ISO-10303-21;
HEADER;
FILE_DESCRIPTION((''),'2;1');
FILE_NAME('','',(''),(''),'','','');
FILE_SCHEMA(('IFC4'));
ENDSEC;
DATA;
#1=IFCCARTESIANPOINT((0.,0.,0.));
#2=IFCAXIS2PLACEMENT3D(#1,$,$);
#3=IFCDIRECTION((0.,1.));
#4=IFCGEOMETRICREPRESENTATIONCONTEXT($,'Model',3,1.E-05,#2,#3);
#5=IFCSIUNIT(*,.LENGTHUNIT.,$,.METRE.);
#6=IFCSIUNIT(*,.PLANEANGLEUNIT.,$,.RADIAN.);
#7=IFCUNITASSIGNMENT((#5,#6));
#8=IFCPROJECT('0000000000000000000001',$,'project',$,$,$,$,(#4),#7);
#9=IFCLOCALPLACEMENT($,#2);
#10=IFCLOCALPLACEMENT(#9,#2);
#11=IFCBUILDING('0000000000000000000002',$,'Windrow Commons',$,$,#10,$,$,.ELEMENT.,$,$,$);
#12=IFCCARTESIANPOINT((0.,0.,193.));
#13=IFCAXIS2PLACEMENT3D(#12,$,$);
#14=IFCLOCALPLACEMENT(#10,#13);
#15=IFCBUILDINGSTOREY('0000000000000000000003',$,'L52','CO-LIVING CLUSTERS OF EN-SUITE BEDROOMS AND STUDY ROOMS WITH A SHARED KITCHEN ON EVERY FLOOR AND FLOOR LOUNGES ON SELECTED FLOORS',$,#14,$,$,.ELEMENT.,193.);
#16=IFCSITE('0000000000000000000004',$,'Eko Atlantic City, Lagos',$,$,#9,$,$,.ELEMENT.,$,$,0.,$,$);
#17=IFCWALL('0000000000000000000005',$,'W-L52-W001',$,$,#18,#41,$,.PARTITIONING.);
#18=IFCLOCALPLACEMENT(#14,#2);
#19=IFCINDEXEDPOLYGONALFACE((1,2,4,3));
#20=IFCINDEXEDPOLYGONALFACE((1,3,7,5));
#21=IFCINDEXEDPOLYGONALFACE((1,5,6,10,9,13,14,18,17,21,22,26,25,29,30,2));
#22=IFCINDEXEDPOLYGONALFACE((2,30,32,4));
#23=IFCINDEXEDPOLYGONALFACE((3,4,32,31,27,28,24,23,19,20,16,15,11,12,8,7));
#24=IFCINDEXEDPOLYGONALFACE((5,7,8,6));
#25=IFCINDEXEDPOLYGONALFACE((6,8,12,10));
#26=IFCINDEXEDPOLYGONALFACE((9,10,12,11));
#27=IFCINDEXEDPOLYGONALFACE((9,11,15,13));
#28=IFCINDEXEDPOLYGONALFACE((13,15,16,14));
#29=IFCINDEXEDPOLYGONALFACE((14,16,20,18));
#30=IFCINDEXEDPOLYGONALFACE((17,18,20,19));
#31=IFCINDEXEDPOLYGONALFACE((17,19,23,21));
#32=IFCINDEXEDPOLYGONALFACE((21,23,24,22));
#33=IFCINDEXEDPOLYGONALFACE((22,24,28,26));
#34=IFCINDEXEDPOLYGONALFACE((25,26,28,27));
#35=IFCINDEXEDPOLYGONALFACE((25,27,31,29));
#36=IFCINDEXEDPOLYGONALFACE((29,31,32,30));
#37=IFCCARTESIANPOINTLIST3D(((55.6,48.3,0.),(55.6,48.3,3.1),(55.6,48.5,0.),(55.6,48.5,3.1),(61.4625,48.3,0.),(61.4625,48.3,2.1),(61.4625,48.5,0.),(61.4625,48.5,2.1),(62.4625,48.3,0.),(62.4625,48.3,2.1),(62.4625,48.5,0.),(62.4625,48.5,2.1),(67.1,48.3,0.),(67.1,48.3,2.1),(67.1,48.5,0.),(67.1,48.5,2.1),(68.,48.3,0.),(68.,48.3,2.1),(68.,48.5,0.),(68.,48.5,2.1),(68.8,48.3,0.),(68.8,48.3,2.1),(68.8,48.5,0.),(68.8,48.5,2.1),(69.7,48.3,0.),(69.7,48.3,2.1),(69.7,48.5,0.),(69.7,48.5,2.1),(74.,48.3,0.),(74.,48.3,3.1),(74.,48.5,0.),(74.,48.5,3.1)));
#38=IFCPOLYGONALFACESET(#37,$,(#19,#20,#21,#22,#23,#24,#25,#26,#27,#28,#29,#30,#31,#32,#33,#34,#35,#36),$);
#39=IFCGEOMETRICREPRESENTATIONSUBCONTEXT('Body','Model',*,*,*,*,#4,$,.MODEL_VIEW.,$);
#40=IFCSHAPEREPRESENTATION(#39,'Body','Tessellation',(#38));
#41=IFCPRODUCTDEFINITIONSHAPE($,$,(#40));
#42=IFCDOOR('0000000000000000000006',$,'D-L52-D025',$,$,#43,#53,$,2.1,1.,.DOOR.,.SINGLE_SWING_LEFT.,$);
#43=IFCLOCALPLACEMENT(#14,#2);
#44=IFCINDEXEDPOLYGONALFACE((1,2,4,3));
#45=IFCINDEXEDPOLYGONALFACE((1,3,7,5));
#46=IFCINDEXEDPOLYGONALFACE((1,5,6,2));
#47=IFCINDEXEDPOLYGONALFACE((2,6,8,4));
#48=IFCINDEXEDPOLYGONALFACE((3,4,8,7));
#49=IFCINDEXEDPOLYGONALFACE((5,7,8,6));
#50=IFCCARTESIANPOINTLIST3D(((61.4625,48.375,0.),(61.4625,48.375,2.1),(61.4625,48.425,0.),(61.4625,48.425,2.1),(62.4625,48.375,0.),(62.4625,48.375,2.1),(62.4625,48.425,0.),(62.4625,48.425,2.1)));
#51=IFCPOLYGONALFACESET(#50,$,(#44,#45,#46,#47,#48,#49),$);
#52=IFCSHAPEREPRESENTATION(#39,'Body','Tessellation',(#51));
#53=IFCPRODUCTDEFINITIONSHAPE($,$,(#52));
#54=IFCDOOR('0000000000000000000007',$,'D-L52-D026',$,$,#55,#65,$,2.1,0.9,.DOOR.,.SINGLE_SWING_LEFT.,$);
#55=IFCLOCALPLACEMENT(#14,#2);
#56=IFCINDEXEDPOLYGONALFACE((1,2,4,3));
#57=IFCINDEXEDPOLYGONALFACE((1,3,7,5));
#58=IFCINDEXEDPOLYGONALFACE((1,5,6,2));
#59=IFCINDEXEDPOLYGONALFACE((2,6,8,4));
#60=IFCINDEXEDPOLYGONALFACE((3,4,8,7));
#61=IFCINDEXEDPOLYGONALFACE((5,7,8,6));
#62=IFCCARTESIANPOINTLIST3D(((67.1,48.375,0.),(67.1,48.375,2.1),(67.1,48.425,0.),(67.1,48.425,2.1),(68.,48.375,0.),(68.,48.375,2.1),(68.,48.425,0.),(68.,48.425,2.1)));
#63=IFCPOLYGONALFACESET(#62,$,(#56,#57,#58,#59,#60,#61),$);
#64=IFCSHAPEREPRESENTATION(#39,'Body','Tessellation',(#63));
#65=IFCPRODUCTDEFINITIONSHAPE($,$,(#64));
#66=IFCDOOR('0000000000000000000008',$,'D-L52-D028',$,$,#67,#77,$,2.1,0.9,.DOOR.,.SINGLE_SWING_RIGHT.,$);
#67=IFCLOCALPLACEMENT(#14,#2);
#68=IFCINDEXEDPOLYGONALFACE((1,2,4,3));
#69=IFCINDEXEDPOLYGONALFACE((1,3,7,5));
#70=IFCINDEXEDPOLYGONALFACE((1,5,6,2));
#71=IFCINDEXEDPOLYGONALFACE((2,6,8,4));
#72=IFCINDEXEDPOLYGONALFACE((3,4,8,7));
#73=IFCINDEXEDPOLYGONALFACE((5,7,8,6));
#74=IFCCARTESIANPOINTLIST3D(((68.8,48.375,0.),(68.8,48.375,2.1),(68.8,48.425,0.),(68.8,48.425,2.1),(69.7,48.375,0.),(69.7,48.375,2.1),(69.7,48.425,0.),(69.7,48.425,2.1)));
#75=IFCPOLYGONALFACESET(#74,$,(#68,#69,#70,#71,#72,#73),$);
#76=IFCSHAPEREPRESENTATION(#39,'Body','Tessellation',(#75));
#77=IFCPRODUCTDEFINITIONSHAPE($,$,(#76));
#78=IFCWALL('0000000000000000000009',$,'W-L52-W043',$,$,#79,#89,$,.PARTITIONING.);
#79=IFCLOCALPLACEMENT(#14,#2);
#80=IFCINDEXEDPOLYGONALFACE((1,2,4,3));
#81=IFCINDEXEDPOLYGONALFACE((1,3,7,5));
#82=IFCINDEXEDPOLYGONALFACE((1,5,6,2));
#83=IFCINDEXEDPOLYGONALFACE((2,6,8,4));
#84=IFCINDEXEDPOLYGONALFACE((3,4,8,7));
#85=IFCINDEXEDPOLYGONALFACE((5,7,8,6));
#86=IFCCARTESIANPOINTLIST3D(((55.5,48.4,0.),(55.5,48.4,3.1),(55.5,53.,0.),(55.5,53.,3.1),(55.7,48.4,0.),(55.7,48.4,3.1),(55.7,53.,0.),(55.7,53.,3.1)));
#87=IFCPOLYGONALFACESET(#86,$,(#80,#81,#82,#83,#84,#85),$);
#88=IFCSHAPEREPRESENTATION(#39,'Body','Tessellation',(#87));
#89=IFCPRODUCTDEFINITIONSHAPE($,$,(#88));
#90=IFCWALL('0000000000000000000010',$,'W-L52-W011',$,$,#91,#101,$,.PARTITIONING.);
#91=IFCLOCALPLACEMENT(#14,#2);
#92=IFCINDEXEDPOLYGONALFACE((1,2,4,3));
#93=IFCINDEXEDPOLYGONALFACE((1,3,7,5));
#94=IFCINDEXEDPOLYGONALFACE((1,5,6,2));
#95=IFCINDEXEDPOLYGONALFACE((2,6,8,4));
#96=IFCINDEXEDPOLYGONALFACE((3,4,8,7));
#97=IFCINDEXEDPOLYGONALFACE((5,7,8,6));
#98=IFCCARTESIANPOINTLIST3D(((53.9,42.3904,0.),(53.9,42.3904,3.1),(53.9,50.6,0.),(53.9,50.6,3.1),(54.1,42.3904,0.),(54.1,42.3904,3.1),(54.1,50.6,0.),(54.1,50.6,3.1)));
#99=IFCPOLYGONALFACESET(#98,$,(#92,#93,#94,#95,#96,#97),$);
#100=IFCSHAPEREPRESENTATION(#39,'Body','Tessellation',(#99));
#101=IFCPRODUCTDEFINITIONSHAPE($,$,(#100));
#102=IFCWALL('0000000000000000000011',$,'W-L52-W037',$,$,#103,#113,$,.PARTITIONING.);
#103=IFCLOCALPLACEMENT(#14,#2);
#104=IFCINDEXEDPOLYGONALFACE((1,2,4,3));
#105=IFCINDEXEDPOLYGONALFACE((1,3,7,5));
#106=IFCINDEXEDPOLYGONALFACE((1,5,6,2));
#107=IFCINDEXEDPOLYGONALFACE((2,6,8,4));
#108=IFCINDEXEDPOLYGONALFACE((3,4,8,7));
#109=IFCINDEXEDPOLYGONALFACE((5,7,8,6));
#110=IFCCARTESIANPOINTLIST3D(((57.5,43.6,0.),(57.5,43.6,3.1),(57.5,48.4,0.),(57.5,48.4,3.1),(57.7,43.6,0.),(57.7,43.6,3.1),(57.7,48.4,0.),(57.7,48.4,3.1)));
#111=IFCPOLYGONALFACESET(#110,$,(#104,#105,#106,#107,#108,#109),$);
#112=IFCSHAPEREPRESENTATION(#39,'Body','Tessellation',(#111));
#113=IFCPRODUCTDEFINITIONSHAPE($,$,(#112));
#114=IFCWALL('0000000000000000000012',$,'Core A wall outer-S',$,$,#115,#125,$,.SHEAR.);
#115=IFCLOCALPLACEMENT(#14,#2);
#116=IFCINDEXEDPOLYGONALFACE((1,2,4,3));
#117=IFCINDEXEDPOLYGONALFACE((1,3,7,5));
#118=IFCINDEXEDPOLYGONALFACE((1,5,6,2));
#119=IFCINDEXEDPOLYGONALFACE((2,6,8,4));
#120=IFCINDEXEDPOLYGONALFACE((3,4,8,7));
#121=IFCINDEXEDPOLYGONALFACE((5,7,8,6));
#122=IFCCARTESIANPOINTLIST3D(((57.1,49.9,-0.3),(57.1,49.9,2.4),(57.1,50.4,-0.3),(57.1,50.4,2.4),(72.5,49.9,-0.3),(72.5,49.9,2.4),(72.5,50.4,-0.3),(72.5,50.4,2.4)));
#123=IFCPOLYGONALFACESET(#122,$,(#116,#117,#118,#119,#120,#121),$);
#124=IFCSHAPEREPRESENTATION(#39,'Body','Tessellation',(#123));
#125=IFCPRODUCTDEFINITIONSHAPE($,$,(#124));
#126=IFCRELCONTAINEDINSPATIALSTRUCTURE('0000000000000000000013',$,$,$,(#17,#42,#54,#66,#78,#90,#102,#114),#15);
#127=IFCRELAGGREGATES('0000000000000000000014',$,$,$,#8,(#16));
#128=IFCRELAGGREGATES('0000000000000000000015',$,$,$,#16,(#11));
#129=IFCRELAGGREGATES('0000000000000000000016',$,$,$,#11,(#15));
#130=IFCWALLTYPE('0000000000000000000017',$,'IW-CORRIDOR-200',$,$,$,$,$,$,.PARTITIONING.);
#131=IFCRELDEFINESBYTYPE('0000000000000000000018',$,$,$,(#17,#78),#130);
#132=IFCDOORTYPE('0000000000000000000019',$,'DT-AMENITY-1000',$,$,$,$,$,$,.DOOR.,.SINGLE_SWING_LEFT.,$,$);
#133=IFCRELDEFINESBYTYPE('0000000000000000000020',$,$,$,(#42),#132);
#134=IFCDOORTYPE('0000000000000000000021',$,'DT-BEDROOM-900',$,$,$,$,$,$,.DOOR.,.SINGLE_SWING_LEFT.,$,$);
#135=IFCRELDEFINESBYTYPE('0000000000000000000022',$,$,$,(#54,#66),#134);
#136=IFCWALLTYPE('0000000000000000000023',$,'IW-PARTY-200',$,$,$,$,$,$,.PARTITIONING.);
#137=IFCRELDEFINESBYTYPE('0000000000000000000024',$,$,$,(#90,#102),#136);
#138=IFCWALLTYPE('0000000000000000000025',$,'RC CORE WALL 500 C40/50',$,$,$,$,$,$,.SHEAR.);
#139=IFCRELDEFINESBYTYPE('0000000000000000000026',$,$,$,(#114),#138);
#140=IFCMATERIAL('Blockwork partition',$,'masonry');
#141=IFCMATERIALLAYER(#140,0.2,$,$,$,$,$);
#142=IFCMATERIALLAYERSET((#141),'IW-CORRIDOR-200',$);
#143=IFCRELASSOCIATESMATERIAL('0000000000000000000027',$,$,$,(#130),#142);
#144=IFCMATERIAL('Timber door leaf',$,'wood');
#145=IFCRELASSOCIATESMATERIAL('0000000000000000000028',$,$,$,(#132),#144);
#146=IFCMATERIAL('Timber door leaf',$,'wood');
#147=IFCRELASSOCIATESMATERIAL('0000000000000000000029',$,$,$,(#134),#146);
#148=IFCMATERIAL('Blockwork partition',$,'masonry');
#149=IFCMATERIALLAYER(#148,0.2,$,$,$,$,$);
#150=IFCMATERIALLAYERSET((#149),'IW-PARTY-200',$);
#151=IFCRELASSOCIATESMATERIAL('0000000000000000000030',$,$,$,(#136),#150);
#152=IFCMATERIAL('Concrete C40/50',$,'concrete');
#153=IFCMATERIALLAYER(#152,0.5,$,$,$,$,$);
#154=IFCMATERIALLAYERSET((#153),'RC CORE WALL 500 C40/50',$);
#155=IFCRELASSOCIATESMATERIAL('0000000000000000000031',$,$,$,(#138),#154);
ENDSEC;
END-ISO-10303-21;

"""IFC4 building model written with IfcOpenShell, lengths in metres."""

from ifc_helpers import new_model, si_unit, direction, frame, frame_2d, origin, place, context, subcontext, project, spatial, rectangle, extrude, material, layer, layer_set, type_object, element, fill, save


model = new_model("IFC4")

# Units and contexts
model_context = context("Model", 3, precision=1e-05, world=origin(), true_north=direction((0.0, 1.0)))
body_context = subcontext(model_context, "Body", "Model", "MODEL_VIEW")
ifc_project = project(units=[si_unit("LENGTHUNIT", "METRE"), si_unit("PLANEANGLEUNIT", "RADIAN")], contexts=[model_context])

# Site, building, storey
site_placement = place(None, origin())
site = spatial("IfcSite", under=ifc_project, at=site_placement, Name="Eko Atlantic City, Lagos", CompositionType="ELEMENT", RefElevation=0.0)
building_placement = place(site_placement, origin())
building = spatial("IfcBuilding", under=site, at=building_placement, Name="Windrow Commons", CompositionType="ELEMENT")
storey_placement = place(building_placement, frame((0.0, 0.0, 193.0)))
storey = spatial("IfcBuildingStorey", under=building, at=storey_placement, Name="L52", Description="CO-LIVING CLUSTERS OF EN-SUITE BEDROOMS AND STUDY ROOMS WITH A SHARED KITCHEN ON EVERY FLOOR AND FLOOR LOUNGES ON SELECTED FLOORS", CompositionType="ELEMENT", Elevation=193.0)

# Wall, openings, doors
ifc_material_1 = material(Name="Blockwork partition", Category="masonry")
ifc_layer_1 = layer(ifc_material_1, 0.2)
ifc_layer_set_1 = layer_set([ifc_layer_1], Name="IW-CORRIDOR-200")
wall_type_1 = type_object("IfcWallType", Name="IW-CORRIDOR-200", PredefinedType="PARTITIONING", material=ifc_layer_set_1)
wall_1_placement = place(storey_placement, frame((55.6, 48.4, 0.0), z_axis=(0.0, 0.0, 1.0), x_axis=(1.0, 0.0, 0.0)))
wall_1 = element("IfcWall", 1, at=wall_1_placement, inside=storey, type_object=wall_type_1, Name="W-L52-W001", PredefinedType="PARTITIONING", context=body_context, shape_type="SweptSolid", body=[
    extrude(rectangle(XDim=18.4, YDim=0.2, at=frame_2d((9.2, 0.0))), origin(), (0.0, 0.0, 1.0), 3.1),
])
opening_1_placement = place(wall_1_placement, frame((5.8625, 0.0, 0.0)))
opening_1 = element("IfcOpeningElement", 2, at=opening_1_placement, cuts=wall_1, PredefinedType="OPENING", context=body_context, shape_type="SweptSolid", body=[
    extrude(rectangle(XDim=1.0, YDim=2.1, at=frame_2d((0.5, 1.05))), frame((0.0, 0.11, 0.0), z_axis=(0.0, -1.0, 0.0), x_axis=(1.0, 0.0, 0.0)), (0.0, 0.0, 1.0), 0.22),
])
opening_2_placement = place(wall_1_placement, frame((11.5, 0.0, 0.0)))
opening_2 = element("IfcOpeningElement", 3, at=opening_2_placement, cuts=wall_1, PredefinedType="OPENING", context=body_context, shape_type="SweptSolid", body=[
    extrude(rectangle(XDim=0.9, YDim=2.1, at=frame_2d((0.45, 1.05))), frame((0.0, 0.11, 0.0), z_axis=(0.0, -1.0, 0.0), x_axis=(1.0, 0.0, 0.0)), (0.0, 0.0, 1.0), 0.22),
])
opening_3_placement = place(wall_1_placement, frame((13.2, 0.0, 0.0)))
opening_3 = element("IfcOpeningElement", 4, at=opening_3_placement, cuts=wall_1, PredefinedType="OPENING", context=body_context, shape_type="SweptSolid", body=[
    extrude(rectangle(XDim=0.9, YDim=2.1, at=frame_2d((0.45, 1.05))), frame((0.0, 0.11, 0.0), z_axis=(0.0, -1.0, 0.0), x_axis=(1.0, 0.0, 0.0)), (0.0, 0.0, 1.0), 0.22),
])
ifc_material_2 = material(Name="Timber door leaf", Category="wood")
door_type_1 = type_object("IfcDoorType", Name="DT-AMENITY-1000", OperationType="SINGLE_SWING_LEFT", PredefinedType="DOOR", material=ifc_material_2)
door_1_placement = place(opening_1_placement, origin())
door_1 = element("IfcDoor", 5, at=door_1_placement, inside=storey, type_object=door_type_1, Name="D-L52-D025", OperationType="SINGLE_SWING_LEFT", OverallHeight=2.1, OverallWidth=1.0, PredefinedType="DOOR", context=body_context, shape_type="SweptSolid", body=[
    extrude(rectangle(XDim=1.0, YDim=2.1, at=frame_2d((0.5, 1.05))), frame((0.0, 0.025, 0.0), z_axis=(0.0, -1.0, 0.0), x_axis=(1.0, 0.0, 0.0)), (0.0, 0.0, 1.0), 0.05),
])
fill(opening_1, door_1)
ifc_material_3 = material(Name="Timber door leaf", Category="wood")
door_type_2 = type_object("IfcDoorType", Name="DT-BEDROOM-900", OperationType="SINGLE_SWING_LEFT", PredefinedType="DOOR", material=ifc_material_3)
door_2_placement = place(opening_2_placement, origin())
door_2 = element("IfcDoor", 6, at=door_2_placement, inside=storey, type_object=door_type_2, Name="D-L52-D026", OperationType="SINGLE_SWING_LEFT", OverallHeight=2.1, OverallWidth=0.9, PredefinedType="DOOR", context=body_context, shape_type="SweptSolid", body=[
    extrude(rectangle(XDim=0.9, YDim=2.1, at=frame_2d((0.45, 1.05))), frame((0.0, 0.025, 0.0), z_axis=(0.0, -1.0, 0.0), x_axis=(1.0, 0.0, 0.0)), (0.0, 0.0, 1.0), 0.05),
])
fill(opening_2, door_2)
door_3_placement = place(opening_3_placement, origin())
door_3 = element("IfcDoor", 7, at=door_3_placement, inside=storey, type_object=door_type_2, Name="D-L52-D028", OperationType="SINGLE_SWING_RIGHT", OverallHeight=2.1, OverallWidth=0.9, PredefinedType="DOOR", context=body_context, shape_type="SweptSolid", body=[
    extrude(rectangle(XDim=0.9, YDim=2.1, at=frame_2d((0.45, 1.05))), frame((0.0, 0.025, 0.0), z_axis=(0.0, -1.0, 0.0), x_axis=(1.0, 0.0, 0.0)), (0.0, 0.0, 1.0), 0.05),
])
fill(opening_3, door_3)

# Walls
wall_2_placement = place(storey_placement, frame((55.6, 48.4, 0.0), z_axis=(0.0, 0.0, 1.0), x_axis=(0.0, 1.0, 0.0)))
element("IfcWall", 8, at=wall_2_placement, inside=storey, type_object=wall_type_1, Name="W-L52-W043", PredefinedType="PARTITIONING", context=body_context, shape_type="SweptSolid", body=[
    extrude(rectangle(XDim=4.6, YDim=0.2, at=frame_2d((2.3, 0.0))), origin(), (0.0, 0.0, 1.0), 3.1),
])
ifc_material_4 = material(Name="Blockwork partition", Category="masonry")
ifc_layer_2 = layer(ifc_material_4, 0.2)
ifc_layer_set_2 = layer_set([ifc_layer_2], Name="IW-PARTY-200")
wall_type_2 = type_object("IfcWallType", Name="IW-PARTY-200", PredefinedType="PARTITIONING", material=ifc_layer_set_2)
wall_3_placement = place(storey_placement, frame((54.0, 42.3904, 0.0), z_axis=(0.0, 0.0, 1.0), x_axis=(0.0, 1.0, 0.0)))
element("IfcWall", 9, at=wall_3_placement, inside=storey, type_object=wall_type_2, Name="W-L52-W011", PredefinedType="PARTITIONING", context=body_context, shape_type="SweptSolid", body=[
    extrude(rectangle(XDim=8.2096, YDim=0.2, at=frame_2d((4.1048, 0.0))), origin(), (0.0, 0.0, 1.0), 3.1),
])
wall_4_placement = place(storey_placement, frame((57.6, 43.6, 0.0), z_axis=(0.0, 0.0, 1.0), x_axis=(0.0, 1.0, 0.0)))
element("IfcWall", 10, at=wall_4_placement, inside=storey, type_object=wall_type_2, Name="W-L52-W037", PredefinedType="PARTITIONING", context=body_context, shape_type="SweptSolid", body=[
    extrude(rectangle(XDim=4.8, YDim=0.2, at=frame_2d((2.4, 0.0))), origin(), (0.0, 0.0, 1.0), 3.1),
])
ifc_material_5 = material(Name="Concrete C40/50", Category="concrete")
ifc_layer_3 = layer(ifc_material_5, 0.5)
ifc_layer_set_3 = layer_set([ifc_layer_3], Name="RC CORE WALL 500 C40/50")
wall_type_3 = type_object("IfcWallType", Name="RC CORE WALL 500 C40/50", PredefinedType="SHEAR", material=ifc_layer_set_3)
wall_5_placement = place(storey_placement, frame((57.1, 50.15, -0.3), z_axis=(0.0, 0.0, 1.0), x_axis=(1.0, 0.0, 0.0)))
element("IfcWall", 11, at=wall_5_placement, inside=storey, type_object=wall_type_3, Name="Core A wall outer-S", PredefinedType="SHEAR", context=body_context, shape_type="SweptSolid", body=[
    extrude(rectangle(XDim=15.4, YDim=0.5, at=frame_2d((7.7, 0.0))), origin(), (0.0, 0.0, 1.0), 2.7),
])

save(model, "model.ifc")
